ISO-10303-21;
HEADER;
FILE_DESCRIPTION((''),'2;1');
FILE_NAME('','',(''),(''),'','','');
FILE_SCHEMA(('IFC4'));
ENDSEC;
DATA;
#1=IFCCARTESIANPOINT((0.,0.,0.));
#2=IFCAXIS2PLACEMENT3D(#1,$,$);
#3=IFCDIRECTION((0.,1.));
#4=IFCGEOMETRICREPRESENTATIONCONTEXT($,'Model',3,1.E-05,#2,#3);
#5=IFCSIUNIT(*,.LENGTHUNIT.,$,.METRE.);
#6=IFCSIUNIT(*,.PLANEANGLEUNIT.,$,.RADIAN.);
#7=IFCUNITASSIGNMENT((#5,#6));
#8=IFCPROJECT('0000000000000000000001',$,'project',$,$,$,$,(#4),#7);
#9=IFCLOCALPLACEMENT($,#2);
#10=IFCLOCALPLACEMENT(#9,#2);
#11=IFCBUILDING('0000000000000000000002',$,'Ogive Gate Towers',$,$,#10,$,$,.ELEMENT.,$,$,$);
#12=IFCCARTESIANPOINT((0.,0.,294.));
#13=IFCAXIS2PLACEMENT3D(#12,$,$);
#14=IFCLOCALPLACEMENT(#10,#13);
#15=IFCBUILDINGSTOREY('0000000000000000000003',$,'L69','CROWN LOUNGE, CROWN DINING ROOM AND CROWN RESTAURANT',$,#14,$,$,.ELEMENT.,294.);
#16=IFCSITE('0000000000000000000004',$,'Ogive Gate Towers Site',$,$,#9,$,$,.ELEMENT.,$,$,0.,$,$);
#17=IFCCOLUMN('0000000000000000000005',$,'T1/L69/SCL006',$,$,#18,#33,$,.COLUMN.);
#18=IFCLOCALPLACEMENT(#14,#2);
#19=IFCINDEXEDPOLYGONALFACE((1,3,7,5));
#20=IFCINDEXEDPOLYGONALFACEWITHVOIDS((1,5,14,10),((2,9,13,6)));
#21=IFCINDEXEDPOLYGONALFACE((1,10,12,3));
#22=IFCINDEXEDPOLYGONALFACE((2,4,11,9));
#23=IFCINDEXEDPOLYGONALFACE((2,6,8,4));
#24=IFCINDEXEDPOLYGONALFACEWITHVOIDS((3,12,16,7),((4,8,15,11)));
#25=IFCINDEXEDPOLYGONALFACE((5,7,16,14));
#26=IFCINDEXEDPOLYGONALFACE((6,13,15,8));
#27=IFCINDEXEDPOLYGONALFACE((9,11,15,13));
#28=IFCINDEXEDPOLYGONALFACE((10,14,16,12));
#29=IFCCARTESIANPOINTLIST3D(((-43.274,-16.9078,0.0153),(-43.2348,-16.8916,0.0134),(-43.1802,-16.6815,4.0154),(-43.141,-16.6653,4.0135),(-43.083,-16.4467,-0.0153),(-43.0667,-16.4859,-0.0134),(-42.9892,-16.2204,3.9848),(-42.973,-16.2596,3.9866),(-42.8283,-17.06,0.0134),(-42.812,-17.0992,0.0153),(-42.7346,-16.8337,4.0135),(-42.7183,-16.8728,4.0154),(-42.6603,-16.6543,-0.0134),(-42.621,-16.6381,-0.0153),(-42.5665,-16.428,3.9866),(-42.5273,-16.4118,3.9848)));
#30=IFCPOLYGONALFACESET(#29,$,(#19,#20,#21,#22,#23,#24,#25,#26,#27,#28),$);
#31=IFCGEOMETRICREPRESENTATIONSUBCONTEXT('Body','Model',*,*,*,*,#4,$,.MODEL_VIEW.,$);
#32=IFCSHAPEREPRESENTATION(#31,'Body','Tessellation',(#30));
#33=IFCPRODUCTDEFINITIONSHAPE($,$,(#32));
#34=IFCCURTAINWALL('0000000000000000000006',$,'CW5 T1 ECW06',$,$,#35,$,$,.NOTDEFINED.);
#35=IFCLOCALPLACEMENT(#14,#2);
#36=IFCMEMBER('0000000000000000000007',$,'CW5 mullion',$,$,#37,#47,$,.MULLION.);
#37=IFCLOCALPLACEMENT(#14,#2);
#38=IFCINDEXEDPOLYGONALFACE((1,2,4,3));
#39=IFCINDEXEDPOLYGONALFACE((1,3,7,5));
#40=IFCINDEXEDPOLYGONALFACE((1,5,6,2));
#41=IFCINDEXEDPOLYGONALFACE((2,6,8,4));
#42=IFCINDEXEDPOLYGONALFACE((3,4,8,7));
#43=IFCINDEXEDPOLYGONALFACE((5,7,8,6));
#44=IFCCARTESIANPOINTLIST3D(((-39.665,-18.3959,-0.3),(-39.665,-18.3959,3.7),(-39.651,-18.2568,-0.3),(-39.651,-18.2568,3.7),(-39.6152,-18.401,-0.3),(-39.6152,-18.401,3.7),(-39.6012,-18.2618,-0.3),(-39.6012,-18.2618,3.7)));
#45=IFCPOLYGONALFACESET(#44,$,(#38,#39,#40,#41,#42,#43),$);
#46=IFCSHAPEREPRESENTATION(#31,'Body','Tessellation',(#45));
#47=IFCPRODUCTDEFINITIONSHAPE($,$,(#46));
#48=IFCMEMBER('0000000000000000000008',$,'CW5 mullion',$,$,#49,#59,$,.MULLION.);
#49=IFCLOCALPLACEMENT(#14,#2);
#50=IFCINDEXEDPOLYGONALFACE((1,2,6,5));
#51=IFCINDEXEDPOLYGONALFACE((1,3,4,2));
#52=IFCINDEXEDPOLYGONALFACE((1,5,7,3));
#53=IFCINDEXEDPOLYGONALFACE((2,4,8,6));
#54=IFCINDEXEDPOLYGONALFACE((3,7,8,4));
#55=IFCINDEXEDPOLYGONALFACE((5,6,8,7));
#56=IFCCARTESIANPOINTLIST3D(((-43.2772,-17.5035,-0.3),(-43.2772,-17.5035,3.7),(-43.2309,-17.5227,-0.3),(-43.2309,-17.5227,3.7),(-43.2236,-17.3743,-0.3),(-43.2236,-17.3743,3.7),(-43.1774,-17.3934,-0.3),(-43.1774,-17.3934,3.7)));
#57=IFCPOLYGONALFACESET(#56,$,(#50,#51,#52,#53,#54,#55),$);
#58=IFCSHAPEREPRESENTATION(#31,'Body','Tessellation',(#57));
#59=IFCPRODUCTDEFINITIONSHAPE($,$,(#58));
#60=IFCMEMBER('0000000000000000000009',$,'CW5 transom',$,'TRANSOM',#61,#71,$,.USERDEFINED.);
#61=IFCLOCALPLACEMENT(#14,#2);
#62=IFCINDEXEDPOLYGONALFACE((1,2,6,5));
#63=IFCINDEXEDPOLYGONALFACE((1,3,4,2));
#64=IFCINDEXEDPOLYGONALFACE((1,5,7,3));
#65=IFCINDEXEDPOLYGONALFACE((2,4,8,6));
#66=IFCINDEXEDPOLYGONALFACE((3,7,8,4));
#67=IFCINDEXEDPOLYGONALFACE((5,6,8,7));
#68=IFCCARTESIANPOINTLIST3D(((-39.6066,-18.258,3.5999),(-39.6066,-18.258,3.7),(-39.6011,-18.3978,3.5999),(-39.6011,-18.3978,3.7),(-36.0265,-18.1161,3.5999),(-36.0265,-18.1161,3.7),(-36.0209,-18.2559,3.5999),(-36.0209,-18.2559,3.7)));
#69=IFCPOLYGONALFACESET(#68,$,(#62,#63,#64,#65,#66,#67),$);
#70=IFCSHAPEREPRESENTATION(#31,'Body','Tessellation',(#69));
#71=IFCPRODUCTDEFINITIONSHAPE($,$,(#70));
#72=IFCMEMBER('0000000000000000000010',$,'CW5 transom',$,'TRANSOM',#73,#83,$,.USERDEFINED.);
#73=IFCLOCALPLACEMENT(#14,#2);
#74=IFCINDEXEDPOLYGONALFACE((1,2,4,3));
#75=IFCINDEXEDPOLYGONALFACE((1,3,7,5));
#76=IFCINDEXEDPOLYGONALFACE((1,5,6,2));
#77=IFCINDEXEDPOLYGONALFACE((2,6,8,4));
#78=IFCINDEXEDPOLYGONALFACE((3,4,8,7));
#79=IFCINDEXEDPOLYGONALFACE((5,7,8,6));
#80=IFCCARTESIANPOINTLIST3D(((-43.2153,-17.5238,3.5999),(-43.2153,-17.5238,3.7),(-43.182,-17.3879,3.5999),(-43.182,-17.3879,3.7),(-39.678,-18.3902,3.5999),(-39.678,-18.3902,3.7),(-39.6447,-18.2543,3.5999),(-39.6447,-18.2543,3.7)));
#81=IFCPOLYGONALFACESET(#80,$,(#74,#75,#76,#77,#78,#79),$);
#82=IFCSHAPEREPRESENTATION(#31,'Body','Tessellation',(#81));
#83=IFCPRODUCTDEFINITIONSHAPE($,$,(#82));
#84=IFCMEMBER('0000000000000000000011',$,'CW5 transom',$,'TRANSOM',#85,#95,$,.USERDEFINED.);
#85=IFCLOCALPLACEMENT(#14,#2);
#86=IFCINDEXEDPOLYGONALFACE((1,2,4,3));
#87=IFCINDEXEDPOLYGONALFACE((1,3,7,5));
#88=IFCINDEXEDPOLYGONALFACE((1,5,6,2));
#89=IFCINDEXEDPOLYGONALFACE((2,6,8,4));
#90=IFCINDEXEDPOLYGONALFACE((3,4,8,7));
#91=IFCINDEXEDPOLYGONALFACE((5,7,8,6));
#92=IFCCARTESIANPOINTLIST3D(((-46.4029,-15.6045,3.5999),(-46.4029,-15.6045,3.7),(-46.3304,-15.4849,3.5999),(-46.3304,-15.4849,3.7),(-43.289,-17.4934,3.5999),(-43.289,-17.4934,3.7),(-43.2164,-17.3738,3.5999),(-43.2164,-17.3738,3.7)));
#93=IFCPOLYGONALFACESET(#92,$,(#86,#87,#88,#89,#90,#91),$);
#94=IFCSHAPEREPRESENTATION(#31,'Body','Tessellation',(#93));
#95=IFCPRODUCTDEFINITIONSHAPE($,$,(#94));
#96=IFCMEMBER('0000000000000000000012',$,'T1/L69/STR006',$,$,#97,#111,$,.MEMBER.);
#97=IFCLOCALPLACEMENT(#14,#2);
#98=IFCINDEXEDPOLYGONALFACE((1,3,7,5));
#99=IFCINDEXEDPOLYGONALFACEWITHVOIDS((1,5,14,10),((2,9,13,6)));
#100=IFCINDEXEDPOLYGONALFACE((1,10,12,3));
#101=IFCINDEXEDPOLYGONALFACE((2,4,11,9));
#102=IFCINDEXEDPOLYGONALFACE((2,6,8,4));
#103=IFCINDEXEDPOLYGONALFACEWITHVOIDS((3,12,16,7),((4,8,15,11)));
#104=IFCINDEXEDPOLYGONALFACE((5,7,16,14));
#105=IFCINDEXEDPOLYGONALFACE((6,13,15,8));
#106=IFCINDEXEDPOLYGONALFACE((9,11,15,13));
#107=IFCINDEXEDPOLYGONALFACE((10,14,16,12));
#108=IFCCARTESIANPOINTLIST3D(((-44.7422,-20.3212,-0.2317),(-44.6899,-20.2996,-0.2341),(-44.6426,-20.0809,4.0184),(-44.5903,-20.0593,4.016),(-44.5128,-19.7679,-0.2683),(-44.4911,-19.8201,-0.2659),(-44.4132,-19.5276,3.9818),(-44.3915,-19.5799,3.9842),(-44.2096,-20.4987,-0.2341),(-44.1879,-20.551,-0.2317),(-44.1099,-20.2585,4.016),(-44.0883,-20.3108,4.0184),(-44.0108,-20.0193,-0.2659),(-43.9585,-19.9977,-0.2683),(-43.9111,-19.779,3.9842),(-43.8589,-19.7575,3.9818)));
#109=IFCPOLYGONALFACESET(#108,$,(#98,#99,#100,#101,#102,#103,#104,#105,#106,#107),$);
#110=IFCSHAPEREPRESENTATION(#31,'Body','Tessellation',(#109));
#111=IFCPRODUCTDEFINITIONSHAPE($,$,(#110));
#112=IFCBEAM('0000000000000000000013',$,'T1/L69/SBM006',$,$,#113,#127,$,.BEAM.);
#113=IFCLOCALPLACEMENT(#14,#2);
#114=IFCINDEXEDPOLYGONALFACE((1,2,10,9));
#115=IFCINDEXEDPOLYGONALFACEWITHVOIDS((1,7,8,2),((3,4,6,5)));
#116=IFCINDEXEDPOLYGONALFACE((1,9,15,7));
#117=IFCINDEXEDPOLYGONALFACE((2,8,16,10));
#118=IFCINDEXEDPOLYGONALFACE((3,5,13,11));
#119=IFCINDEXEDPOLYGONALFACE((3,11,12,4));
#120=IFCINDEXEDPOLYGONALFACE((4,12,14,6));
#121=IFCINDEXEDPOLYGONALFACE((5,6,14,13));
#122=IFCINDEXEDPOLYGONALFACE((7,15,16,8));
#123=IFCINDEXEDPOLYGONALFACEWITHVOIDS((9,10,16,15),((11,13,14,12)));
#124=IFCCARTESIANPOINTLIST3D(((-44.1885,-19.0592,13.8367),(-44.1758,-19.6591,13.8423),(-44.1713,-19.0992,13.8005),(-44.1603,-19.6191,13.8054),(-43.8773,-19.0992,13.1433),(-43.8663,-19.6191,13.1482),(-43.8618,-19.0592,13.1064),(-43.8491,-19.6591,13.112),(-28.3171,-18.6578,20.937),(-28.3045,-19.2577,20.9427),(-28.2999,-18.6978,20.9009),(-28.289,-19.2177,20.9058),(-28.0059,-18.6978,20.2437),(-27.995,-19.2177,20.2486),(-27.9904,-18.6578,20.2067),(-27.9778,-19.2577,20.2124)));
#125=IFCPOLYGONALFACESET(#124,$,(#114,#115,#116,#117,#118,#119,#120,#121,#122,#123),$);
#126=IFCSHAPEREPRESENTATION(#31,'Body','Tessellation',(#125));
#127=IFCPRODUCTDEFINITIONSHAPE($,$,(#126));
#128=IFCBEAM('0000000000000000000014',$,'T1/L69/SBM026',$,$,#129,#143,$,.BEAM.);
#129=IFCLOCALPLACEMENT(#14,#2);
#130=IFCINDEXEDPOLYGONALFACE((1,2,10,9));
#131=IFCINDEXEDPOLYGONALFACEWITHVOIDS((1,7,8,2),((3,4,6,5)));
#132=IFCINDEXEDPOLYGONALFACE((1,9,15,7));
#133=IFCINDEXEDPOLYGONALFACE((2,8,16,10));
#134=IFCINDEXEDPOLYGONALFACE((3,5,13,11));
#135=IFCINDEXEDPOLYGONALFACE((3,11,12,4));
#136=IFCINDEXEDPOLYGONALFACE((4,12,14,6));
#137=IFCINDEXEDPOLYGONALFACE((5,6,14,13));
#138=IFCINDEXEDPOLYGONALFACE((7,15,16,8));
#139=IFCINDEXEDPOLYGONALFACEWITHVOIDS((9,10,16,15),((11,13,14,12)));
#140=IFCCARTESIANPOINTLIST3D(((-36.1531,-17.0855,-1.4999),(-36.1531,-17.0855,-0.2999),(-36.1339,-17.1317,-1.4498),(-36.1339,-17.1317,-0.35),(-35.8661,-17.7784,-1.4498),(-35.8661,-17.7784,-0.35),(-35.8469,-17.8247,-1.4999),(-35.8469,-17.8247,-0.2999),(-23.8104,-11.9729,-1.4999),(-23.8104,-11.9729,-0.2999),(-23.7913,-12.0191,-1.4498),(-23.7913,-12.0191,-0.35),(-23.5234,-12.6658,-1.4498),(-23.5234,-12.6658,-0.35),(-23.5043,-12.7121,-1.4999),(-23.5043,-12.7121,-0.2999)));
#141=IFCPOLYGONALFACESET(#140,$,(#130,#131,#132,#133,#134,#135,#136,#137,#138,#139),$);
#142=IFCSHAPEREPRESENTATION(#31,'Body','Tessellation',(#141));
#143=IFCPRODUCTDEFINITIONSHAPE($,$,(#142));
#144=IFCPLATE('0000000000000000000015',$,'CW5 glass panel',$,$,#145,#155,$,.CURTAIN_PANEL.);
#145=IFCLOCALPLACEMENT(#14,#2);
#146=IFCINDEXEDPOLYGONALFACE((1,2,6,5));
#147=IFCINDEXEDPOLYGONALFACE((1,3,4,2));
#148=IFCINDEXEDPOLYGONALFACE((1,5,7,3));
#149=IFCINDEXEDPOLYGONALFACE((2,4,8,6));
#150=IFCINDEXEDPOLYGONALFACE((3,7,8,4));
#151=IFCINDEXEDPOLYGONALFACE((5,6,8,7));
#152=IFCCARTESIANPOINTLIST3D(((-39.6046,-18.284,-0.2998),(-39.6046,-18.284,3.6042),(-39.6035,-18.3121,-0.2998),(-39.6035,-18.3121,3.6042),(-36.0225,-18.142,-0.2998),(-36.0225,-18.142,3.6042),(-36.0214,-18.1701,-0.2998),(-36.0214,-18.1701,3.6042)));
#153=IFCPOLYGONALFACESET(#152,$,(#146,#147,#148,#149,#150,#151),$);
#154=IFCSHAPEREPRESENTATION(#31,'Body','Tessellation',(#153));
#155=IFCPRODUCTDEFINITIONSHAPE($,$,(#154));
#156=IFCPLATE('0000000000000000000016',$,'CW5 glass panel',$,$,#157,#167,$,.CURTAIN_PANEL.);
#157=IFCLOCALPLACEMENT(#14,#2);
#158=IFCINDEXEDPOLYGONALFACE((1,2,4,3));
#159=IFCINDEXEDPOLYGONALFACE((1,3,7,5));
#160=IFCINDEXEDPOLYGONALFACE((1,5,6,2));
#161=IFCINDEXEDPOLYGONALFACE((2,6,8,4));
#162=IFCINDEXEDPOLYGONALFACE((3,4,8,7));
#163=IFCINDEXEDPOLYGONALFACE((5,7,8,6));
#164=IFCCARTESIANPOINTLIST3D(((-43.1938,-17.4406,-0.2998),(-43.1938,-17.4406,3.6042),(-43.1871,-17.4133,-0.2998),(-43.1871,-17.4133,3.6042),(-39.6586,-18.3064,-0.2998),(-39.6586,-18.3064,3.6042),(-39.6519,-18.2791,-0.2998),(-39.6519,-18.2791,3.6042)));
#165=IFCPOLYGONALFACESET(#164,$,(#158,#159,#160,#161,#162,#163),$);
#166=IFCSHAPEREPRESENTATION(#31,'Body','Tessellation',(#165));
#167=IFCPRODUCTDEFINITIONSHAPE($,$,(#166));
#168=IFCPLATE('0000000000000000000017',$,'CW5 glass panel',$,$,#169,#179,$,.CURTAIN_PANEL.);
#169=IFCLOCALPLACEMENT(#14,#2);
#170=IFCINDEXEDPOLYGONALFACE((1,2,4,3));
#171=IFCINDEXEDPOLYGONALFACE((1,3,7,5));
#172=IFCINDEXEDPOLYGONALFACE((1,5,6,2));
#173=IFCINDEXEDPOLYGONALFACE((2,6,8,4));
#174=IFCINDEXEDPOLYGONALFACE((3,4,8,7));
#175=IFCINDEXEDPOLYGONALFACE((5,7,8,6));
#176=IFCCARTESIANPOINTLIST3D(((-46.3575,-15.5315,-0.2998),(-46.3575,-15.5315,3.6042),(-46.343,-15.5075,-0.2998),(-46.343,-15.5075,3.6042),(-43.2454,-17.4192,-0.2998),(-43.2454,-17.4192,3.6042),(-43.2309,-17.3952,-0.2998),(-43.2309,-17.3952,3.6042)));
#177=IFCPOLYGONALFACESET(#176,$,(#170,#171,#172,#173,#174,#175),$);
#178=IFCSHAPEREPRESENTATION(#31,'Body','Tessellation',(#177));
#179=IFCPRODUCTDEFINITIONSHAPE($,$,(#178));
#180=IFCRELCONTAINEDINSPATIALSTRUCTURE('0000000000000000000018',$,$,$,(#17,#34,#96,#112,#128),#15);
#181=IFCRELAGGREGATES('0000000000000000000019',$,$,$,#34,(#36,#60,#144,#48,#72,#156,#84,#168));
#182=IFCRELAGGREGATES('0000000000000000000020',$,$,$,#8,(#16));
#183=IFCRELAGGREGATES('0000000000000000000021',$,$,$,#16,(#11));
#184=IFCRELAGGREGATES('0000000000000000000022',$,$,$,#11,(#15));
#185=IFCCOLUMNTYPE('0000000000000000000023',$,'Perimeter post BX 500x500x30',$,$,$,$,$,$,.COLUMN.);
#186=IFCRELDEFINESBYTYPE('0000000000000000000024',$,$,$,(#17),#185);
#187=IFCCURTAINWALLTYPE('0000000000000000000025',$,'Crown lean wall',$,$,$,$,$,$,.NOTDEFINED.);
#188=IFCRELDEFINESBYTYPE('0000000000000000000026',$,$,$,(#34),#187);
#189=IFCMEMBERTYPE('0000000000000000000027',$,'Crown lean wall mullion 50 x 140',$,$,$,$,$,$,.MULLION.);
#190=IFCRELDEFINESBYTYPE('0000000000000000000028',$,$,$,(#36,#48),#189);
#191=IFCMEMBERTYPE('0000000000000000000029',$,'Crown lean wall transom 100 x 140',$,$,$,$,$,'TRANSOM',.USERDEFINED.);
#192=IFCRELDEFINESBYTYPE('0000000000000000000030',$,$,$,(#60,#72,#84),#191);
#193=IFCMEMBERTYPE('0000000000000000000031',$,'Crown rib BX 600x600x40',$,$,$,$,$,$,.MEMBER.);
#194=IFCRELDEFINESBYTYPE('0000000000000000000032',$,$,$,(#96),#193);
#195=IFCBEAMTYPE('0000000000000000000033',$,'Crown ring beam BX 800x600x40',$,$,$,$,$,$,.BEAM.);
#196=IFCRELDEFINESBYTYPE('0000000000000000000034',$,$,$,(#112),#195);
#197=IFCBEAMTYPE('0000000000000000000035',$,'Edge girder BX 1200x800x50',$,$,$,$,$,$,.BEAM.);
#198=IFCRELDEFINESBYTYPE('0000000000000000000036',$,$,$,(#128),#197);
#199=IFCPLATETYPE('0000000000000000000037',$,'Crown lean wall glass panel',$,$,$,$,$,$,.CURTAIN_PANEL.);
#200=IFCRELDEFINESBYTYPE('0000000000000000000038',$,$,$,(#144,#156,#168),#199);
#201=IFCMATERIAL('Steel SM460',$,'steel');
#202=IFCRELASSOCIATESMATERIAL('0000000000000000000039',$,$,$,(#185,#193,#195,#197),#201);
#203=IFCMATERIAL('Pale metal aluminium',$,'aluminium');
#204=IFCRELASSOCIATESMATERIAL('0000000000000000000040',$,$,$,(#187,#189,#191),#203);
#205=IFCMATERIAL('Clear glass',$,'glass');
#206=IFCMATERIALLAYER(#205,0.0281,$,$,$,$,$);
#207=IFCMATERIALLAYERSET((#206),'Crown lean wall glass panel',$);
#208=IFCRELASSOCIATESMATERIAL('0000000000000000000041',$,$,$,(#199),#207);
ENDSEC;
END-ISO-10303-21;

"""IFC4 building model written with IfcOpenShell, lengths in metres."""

from ifc_helpers import new_model, si_unit, direction, frame, origin, origin_2d, place, context, subcontext, project, spatial, rectangle, hollow_rectangle, extrude, material, layer, layer_set, material_profile, profile_set, type_object, element, aggregate, save


model = new_model("IFC4")

# Units and contexts
model_context = context("Model", 3, precision=1e-05, world=origin(), true_north=direction((0.0, 1.0)))
body_context = subcontext(model_context, "Body", "Model", "MODEL_VIEW")
ifc_project = project(units=[si_unit("LENGTHUNIT", "METRE"), si_unit("PLANEANGLEUNIT", "RADIAN")], contexts=[model_context])

# Site, building, storey
site_placement = place(None, origin())
site = spatial("IfcSite", under=ifc_project, at=site_placement, Name="Ogive Gate Towers Site", CompositionType="ELEMENT", RefElevation=0.0)
building_placement = place(site_placement, origin())
building = spatial("IfcBuilding", under=site, at=building_placement, Name="Ogive Gate Towers", CompositionType="ELEMENT")
storey_placement = place(building_placement, frame((0.0, 0.0, 294.0)))
storey = spatial("IfcBuildingStorey", under=building, at=storey_placement, Name="L69", Description="CROWN LOUNGE, CROWN DINING ROOM AND CROWN RESTAURANT", CompositionType="ELEMENT", Elevation=294.0)

# Column
ifc_material_1 = material(Name="Steel SM460", Category="steel")
ifc_material_profile_1 = material_profile(ifc_material_1, hollow_rectangle(XDim=0.5, YDim=0.5, WallThickness=0.03, at=origin_2d()), Name="BX 500x500x30")
ifc_profile_set_1 = profile_set([ifc_material_profile_1], Name="Steel SM460")
column_type = type_object("IfcColumnType", Name="Perimeter post BX 500x500x30", PredefinedType="COLUMN", material=ifc_profile_set_1)
column_placement = place(storey_placement, frame((-42.9475, -16.7729, 0.0), z_axis=(0.023394, 0.056474, 0.99813), x_axis=(-0.923871, 0.382704, 0.0)))
element("IfcColumn", 1, at=column_placement, inside=storey, type_object=column_type, Name="T1/L69/SCL006", PredefinedType="COLUMN", context=body_context, shape_type="SweptSolid", body=[
    extrude(hollow_rectangle(XDim=0.5, YDim=0.5, WallThickness=0.03, at=origin_2d()), origin(), (0.0, 0.0, 1.0), 4.0076),
])

# Curtain wall, members
ifc_material_2 = material(Name="Pale metal aluminium", Category="aluminium")
curtain_wall_type = type_object("IfcCurtainWallType", Name="Crown lean wall", PredefinedType="NOTDEFINED", material=ifc_material_2)
curtain_wall_placement = place(storey_placement, origin())
curtain_wall = element("IfcCurtainWall", 2, at=curtain_wall_placement, inside=storey, type_object=curtain_wall_type, Name="CW5 T1 ECW06", PredefinedType="NOTDEFINED")
ifc_material_profile_2 = material_profile(ifc_material_2, rectangle(XDim=0.1399, YDim=0.05, at=origin_2d()), Name="50 x 140 aluminium box")
ifc_profile_set_2 = profile_set([ifc_material_profile_2], Name="Pale metal aluminium")
member_type_1 = type_object("IfcMemberType", Name="Crown lean wall mullion 50 x 140", PredefinedType="MULLION", material=ifc_profile_set_2)
member_1_placement = place(storey_placement, frame((-39.6331, -18.3289, -0.3), z_axis=(0.0, 0.0, 1.0), x_axis=(0.100101, 0.994977, 0.0)))
member_1 = element("IfcMember", 3, at=member_1_placement, type_object=member_type_1, Name="CW5 mullion", PredefinedType="MULLION", context=body_context, shape_type="SweptSolid", body=[
    extrude(rectangle(XDim=0.1399, YDim=0.05, at=origin_2d()), origin(), (0.0, 0.0, 1.0), 4.0),
])
member_2_placement = place(storey_placement, frame((-43.2273, -17.4485, -0.3), z_axis=(0.0, 0.0, 1.0), x_axis=(0.382683, 0.92388, 0.0)))
member_2 = element("IfcMember", 4, at=member_2_placement, type_object=member_type_1, Name="CW5 mullion", PredefinedType="MULLION", context=body_context, shape_type="SweptSolid", body=[
    extrude(rectangle(XDim=0.1399, YDim=0.05, at=origin_2d()), origin(), (0.0, 0.0, 1.0), 4.0),
])
ifc_material_profile_3 = material_profile(ifc_material_2, rectangle(XDim=0.1399, YDim=0.1001, at=origin_2d()), Name="100 x 140 aluminium box")
ifc_profile_set_3 = profile_set([ifc_material_profile_3], Name="Pale metal aluminium")
member_type_2 = type_object("IfcMemberType", Name="Crown lean wall transom 100 x 140", ElementType="TRANSOM", PredefinedType="USERDEFINED", material=ifc_profile_set_3)
member_3_placement = place(storey_placement, frame((-36.0237, -18.186, 3.6499), z_axis=(-0.999216, -0.03959, 0.0), x_axis=(0.03959, -0.999216, 0.0)))
member_3 = element("IfcMember", 5, at=member_3_placement, type_object=member_type_2, Name="CW5 transom", ObjectType="TRANSOM", PredefinedType="USERDEFINED", context=body_context, shape_type="SweptSolid", body=[
    extrude(rectangle(XDim=0.1399, YDim=0.1001, at=origin_2d()), origin(), (0.0, 0.0, 1.0), 3.583),
])
member_4_placement = place(storey_placement, frame((-39.6614, -18.3223, 3.6499), z_axis=(-0.971287, 0.237911, 0.0), x_axis=(-0.237911, -0.971287, 0.0)))
member_4 = element("IfcMember", 6, at=member_4_placement, type_object=member_type_2, Name="CW5 transom", ObjectType="TRANSOM", PredefinedType="USERDEFINED", context=body_context, shape_type="SweptSolid", body=[
    extrude(rectangle(XDim=0.1399, YDim=0.1001, at=origin_2d()), origin(), (0.0, 0.0, 1.0), 3.6418),
])
member_5_placement = place(storey_placement, frame((-43.2527, -17.4336, 3.6499), z_axis=(-0.854999, 0.51863, 0.0), x_axis=(-0.51863, -0.854999, 0.0)))
member_5 = element("IfcMember", 7, at=member_5_placement, type_object=member_type_2, Name="CW5 transom", ObjectType="TRANSOM", PredefinedType="USERDEFINED", context=body_context, shape_type="SweptSolid", body=[
    extrude(rectangle(XDim=0.1399, YDim=0.1001, at=origin_2d()), origin(), (0.0, 0.0, 1.0), 3.6421),
])

# Member
ifc_material_profile_4 = material_profile(ifc_material_1, hollow_rectangle(XDim=0.6001, YDim=0.6001, WallThickness=0.04, at=origin_2d()), Name="BX 600x600x40")
ifc_profile_set_4 = profile_set([ifc_material_profile_4], Name="Steel SM460")
member_type_3 = type_object("IfcMemberType", Name="Crown rib BX 600x600x40", PredefinedType="MEMBER", material=ifc_profile_set_4)
member_6_placement = place(storey_placement, frame((-44.3503, -20.1594, -0.25), z_axis=(0.023394, 0.05642, 0.998133), x_axis=(-0.923742, 0.383015, 0.0)))
element("IfcMember", 8, at=member_6_placement, inside=storey, type_object=member_type_3, Name="T1/L69/STR006", PredefinedType="MEMBER", context=body_context, shape_type="SweptSolid", body=[
    extrude(hollow_rectangle(XDim=0.6001, YDim=0.6001, WallThickness=0.04, at=origin_2d()), origin(), (0.0, 0.0, 1.0), 4.2581),
])

# Beams
ifc_material_profile_5 = material_profile(ifc_material_1, hollow_rectangle(XDim=0.6001, YDim=0.8, WallThickness=0.04, at=origin_2d()), Name="BX 800x600x40")
ifc_profile_set_5 = profile_set([ifc_material_profile_5], Name="Steel SM460")
beam_type_1 = type_object("IfcBeamType", Name="Crown ring beam BX 800x600x40", PredefinedType="BEAM", material=ifc_profile_set_5)
beam_1_placement = place(storey_placement, frame((-44.0188, -19.3591, 13.4744), z_axis=(0.912575, 0.023078, 0.408258), x_axis=(0.021068, -0.999734, 0.009421)))
element("IfcBeam", 9, at=beam_1_placement, inside=storey, type_object=beam_type_1, Name="T1/L69/SBM006", PredefinedType="BEAM", context=body_context, shape_type="SweptSolid", body=[
    extrude(hollow_rectangle(XDim=0.6001, YDim=0.8, WallThickness=0.04, at=origin_2d()), origin(), (0.0, 0.0, 1.0), 17.3918),
])
ifc_material_profile_6 = material_profile(ifc_material_1, hollow_rectangle(XDim=0.8, YDim=1.2, WallThickness=0.05, at=origin_2d()), Name="BX 1200x800x50")
ifc_profile_set_6 = profile_set([ifc_material_profile_6], Name="Steel SM460")
beam_type_2 = type_object("IfcBeamType", Name="Edge girder BX 1200x800x50", PredefinedType="BEAM", material=ifc_profile_set_6)
beam_2_placement = place(storey_placement, frame((-36.0, -17.4551, -0.8999), z_axis=(0.923877, 0.38269, 0.0), x_axis=(-0.38269, 0.923877, 0.0)))
element("IfcBeam", 10, at=beam_2_placement, inside=storey, type_object=beam_type_2, Name="T1/L69/SBM026", PredefinedType="BEAM", context=body_context, shape_type="SweptSolid", body=[
    extrude(hollow_rectangle(XDim=0.8, YDim=1.2, WallThickness=0.05, at=origin_2d()), origin(), (0.0, 0.0, 1.0), 13.3596),
])

# Plates
ifc_material_3 = material(Name="Clear glass", Category="glass")
ifc_layer = layer(ifc_material_3, 0.0281)
ifc_layer_set = layer_set([ifc_layer], Name="Crown lean wall glass panel")
plate_type = type_object("IfcPlateType", Name="Crown lean wall glass panel", PredefinedType="CURTAIN_PANEL", material=ifc_layer_set)
plate_1_placement = place(storey_placement, frame((-37.813, -18.2271, -0.2998), z_axis=(0.0, 0.0, 1.0), x_axis=(-0.999215, -0.039609, 0.0)))
plate_1 = element("IfcPlate", 11, at=plate_1_placement, type_object=plate_type, Name="CW5 glass panel", PredefinedType="CURTAIN_PANEL", context=body_context, shape_type="SweptSolid", body=[
    extrude(rectangle(XDim=3.585, YDim=0.0281, at=origin_2d()), origin(), (0.0, 0.0, 1.0), 3.9041),
])
plate_2_placement = place(storey_placement, frame((-41.4229, -17.8599, -0.2998), z_axis=(0.0, 0.0, 1.0), x_axis=(-0.971296, 0.237872, 0.0)))
plate_2 = element("IfcPlate", 12, at=plate_2_placement, type_object=plate_type, Name="CW5 glass panel", PredefinedType="CURTAIN_PANEL", context=body_context, shape_type="SweptSolid", body=[
    extrude(rectangle(XDim=3.6396, YDim=0.0281, at=origin_2d()), origin(), (0.0, 0.0, 1.0), 3.9041),
])
plate_3_placement = place(storey_placement, frame((-44.7942, -16.4634, -0.2998), z_axis=(0.0, 0.0, 1.0), x_axis=(-0.855002, 0.518624, 0.0)))
plate_3 = element("IfcPlate", 13, at=plate_3_placement, type_object=plate_type, Name="CW5 glass panel", PredefinedType="CURTAIN_PANEL", context=body_context, shape_type="SweptSolid", body=[
    extrude(rectangle(XDim=3.6399, YDim=0.0281, at=origin_2d()), origin(), (0.0, 0.0, 1.0), 3.9041),
])
aggregate(curtain_wall, [member_1, member_3, plate_1, member_2, member_4, plate_2, member_5, plate_3])

save(model, "model.ifc")
